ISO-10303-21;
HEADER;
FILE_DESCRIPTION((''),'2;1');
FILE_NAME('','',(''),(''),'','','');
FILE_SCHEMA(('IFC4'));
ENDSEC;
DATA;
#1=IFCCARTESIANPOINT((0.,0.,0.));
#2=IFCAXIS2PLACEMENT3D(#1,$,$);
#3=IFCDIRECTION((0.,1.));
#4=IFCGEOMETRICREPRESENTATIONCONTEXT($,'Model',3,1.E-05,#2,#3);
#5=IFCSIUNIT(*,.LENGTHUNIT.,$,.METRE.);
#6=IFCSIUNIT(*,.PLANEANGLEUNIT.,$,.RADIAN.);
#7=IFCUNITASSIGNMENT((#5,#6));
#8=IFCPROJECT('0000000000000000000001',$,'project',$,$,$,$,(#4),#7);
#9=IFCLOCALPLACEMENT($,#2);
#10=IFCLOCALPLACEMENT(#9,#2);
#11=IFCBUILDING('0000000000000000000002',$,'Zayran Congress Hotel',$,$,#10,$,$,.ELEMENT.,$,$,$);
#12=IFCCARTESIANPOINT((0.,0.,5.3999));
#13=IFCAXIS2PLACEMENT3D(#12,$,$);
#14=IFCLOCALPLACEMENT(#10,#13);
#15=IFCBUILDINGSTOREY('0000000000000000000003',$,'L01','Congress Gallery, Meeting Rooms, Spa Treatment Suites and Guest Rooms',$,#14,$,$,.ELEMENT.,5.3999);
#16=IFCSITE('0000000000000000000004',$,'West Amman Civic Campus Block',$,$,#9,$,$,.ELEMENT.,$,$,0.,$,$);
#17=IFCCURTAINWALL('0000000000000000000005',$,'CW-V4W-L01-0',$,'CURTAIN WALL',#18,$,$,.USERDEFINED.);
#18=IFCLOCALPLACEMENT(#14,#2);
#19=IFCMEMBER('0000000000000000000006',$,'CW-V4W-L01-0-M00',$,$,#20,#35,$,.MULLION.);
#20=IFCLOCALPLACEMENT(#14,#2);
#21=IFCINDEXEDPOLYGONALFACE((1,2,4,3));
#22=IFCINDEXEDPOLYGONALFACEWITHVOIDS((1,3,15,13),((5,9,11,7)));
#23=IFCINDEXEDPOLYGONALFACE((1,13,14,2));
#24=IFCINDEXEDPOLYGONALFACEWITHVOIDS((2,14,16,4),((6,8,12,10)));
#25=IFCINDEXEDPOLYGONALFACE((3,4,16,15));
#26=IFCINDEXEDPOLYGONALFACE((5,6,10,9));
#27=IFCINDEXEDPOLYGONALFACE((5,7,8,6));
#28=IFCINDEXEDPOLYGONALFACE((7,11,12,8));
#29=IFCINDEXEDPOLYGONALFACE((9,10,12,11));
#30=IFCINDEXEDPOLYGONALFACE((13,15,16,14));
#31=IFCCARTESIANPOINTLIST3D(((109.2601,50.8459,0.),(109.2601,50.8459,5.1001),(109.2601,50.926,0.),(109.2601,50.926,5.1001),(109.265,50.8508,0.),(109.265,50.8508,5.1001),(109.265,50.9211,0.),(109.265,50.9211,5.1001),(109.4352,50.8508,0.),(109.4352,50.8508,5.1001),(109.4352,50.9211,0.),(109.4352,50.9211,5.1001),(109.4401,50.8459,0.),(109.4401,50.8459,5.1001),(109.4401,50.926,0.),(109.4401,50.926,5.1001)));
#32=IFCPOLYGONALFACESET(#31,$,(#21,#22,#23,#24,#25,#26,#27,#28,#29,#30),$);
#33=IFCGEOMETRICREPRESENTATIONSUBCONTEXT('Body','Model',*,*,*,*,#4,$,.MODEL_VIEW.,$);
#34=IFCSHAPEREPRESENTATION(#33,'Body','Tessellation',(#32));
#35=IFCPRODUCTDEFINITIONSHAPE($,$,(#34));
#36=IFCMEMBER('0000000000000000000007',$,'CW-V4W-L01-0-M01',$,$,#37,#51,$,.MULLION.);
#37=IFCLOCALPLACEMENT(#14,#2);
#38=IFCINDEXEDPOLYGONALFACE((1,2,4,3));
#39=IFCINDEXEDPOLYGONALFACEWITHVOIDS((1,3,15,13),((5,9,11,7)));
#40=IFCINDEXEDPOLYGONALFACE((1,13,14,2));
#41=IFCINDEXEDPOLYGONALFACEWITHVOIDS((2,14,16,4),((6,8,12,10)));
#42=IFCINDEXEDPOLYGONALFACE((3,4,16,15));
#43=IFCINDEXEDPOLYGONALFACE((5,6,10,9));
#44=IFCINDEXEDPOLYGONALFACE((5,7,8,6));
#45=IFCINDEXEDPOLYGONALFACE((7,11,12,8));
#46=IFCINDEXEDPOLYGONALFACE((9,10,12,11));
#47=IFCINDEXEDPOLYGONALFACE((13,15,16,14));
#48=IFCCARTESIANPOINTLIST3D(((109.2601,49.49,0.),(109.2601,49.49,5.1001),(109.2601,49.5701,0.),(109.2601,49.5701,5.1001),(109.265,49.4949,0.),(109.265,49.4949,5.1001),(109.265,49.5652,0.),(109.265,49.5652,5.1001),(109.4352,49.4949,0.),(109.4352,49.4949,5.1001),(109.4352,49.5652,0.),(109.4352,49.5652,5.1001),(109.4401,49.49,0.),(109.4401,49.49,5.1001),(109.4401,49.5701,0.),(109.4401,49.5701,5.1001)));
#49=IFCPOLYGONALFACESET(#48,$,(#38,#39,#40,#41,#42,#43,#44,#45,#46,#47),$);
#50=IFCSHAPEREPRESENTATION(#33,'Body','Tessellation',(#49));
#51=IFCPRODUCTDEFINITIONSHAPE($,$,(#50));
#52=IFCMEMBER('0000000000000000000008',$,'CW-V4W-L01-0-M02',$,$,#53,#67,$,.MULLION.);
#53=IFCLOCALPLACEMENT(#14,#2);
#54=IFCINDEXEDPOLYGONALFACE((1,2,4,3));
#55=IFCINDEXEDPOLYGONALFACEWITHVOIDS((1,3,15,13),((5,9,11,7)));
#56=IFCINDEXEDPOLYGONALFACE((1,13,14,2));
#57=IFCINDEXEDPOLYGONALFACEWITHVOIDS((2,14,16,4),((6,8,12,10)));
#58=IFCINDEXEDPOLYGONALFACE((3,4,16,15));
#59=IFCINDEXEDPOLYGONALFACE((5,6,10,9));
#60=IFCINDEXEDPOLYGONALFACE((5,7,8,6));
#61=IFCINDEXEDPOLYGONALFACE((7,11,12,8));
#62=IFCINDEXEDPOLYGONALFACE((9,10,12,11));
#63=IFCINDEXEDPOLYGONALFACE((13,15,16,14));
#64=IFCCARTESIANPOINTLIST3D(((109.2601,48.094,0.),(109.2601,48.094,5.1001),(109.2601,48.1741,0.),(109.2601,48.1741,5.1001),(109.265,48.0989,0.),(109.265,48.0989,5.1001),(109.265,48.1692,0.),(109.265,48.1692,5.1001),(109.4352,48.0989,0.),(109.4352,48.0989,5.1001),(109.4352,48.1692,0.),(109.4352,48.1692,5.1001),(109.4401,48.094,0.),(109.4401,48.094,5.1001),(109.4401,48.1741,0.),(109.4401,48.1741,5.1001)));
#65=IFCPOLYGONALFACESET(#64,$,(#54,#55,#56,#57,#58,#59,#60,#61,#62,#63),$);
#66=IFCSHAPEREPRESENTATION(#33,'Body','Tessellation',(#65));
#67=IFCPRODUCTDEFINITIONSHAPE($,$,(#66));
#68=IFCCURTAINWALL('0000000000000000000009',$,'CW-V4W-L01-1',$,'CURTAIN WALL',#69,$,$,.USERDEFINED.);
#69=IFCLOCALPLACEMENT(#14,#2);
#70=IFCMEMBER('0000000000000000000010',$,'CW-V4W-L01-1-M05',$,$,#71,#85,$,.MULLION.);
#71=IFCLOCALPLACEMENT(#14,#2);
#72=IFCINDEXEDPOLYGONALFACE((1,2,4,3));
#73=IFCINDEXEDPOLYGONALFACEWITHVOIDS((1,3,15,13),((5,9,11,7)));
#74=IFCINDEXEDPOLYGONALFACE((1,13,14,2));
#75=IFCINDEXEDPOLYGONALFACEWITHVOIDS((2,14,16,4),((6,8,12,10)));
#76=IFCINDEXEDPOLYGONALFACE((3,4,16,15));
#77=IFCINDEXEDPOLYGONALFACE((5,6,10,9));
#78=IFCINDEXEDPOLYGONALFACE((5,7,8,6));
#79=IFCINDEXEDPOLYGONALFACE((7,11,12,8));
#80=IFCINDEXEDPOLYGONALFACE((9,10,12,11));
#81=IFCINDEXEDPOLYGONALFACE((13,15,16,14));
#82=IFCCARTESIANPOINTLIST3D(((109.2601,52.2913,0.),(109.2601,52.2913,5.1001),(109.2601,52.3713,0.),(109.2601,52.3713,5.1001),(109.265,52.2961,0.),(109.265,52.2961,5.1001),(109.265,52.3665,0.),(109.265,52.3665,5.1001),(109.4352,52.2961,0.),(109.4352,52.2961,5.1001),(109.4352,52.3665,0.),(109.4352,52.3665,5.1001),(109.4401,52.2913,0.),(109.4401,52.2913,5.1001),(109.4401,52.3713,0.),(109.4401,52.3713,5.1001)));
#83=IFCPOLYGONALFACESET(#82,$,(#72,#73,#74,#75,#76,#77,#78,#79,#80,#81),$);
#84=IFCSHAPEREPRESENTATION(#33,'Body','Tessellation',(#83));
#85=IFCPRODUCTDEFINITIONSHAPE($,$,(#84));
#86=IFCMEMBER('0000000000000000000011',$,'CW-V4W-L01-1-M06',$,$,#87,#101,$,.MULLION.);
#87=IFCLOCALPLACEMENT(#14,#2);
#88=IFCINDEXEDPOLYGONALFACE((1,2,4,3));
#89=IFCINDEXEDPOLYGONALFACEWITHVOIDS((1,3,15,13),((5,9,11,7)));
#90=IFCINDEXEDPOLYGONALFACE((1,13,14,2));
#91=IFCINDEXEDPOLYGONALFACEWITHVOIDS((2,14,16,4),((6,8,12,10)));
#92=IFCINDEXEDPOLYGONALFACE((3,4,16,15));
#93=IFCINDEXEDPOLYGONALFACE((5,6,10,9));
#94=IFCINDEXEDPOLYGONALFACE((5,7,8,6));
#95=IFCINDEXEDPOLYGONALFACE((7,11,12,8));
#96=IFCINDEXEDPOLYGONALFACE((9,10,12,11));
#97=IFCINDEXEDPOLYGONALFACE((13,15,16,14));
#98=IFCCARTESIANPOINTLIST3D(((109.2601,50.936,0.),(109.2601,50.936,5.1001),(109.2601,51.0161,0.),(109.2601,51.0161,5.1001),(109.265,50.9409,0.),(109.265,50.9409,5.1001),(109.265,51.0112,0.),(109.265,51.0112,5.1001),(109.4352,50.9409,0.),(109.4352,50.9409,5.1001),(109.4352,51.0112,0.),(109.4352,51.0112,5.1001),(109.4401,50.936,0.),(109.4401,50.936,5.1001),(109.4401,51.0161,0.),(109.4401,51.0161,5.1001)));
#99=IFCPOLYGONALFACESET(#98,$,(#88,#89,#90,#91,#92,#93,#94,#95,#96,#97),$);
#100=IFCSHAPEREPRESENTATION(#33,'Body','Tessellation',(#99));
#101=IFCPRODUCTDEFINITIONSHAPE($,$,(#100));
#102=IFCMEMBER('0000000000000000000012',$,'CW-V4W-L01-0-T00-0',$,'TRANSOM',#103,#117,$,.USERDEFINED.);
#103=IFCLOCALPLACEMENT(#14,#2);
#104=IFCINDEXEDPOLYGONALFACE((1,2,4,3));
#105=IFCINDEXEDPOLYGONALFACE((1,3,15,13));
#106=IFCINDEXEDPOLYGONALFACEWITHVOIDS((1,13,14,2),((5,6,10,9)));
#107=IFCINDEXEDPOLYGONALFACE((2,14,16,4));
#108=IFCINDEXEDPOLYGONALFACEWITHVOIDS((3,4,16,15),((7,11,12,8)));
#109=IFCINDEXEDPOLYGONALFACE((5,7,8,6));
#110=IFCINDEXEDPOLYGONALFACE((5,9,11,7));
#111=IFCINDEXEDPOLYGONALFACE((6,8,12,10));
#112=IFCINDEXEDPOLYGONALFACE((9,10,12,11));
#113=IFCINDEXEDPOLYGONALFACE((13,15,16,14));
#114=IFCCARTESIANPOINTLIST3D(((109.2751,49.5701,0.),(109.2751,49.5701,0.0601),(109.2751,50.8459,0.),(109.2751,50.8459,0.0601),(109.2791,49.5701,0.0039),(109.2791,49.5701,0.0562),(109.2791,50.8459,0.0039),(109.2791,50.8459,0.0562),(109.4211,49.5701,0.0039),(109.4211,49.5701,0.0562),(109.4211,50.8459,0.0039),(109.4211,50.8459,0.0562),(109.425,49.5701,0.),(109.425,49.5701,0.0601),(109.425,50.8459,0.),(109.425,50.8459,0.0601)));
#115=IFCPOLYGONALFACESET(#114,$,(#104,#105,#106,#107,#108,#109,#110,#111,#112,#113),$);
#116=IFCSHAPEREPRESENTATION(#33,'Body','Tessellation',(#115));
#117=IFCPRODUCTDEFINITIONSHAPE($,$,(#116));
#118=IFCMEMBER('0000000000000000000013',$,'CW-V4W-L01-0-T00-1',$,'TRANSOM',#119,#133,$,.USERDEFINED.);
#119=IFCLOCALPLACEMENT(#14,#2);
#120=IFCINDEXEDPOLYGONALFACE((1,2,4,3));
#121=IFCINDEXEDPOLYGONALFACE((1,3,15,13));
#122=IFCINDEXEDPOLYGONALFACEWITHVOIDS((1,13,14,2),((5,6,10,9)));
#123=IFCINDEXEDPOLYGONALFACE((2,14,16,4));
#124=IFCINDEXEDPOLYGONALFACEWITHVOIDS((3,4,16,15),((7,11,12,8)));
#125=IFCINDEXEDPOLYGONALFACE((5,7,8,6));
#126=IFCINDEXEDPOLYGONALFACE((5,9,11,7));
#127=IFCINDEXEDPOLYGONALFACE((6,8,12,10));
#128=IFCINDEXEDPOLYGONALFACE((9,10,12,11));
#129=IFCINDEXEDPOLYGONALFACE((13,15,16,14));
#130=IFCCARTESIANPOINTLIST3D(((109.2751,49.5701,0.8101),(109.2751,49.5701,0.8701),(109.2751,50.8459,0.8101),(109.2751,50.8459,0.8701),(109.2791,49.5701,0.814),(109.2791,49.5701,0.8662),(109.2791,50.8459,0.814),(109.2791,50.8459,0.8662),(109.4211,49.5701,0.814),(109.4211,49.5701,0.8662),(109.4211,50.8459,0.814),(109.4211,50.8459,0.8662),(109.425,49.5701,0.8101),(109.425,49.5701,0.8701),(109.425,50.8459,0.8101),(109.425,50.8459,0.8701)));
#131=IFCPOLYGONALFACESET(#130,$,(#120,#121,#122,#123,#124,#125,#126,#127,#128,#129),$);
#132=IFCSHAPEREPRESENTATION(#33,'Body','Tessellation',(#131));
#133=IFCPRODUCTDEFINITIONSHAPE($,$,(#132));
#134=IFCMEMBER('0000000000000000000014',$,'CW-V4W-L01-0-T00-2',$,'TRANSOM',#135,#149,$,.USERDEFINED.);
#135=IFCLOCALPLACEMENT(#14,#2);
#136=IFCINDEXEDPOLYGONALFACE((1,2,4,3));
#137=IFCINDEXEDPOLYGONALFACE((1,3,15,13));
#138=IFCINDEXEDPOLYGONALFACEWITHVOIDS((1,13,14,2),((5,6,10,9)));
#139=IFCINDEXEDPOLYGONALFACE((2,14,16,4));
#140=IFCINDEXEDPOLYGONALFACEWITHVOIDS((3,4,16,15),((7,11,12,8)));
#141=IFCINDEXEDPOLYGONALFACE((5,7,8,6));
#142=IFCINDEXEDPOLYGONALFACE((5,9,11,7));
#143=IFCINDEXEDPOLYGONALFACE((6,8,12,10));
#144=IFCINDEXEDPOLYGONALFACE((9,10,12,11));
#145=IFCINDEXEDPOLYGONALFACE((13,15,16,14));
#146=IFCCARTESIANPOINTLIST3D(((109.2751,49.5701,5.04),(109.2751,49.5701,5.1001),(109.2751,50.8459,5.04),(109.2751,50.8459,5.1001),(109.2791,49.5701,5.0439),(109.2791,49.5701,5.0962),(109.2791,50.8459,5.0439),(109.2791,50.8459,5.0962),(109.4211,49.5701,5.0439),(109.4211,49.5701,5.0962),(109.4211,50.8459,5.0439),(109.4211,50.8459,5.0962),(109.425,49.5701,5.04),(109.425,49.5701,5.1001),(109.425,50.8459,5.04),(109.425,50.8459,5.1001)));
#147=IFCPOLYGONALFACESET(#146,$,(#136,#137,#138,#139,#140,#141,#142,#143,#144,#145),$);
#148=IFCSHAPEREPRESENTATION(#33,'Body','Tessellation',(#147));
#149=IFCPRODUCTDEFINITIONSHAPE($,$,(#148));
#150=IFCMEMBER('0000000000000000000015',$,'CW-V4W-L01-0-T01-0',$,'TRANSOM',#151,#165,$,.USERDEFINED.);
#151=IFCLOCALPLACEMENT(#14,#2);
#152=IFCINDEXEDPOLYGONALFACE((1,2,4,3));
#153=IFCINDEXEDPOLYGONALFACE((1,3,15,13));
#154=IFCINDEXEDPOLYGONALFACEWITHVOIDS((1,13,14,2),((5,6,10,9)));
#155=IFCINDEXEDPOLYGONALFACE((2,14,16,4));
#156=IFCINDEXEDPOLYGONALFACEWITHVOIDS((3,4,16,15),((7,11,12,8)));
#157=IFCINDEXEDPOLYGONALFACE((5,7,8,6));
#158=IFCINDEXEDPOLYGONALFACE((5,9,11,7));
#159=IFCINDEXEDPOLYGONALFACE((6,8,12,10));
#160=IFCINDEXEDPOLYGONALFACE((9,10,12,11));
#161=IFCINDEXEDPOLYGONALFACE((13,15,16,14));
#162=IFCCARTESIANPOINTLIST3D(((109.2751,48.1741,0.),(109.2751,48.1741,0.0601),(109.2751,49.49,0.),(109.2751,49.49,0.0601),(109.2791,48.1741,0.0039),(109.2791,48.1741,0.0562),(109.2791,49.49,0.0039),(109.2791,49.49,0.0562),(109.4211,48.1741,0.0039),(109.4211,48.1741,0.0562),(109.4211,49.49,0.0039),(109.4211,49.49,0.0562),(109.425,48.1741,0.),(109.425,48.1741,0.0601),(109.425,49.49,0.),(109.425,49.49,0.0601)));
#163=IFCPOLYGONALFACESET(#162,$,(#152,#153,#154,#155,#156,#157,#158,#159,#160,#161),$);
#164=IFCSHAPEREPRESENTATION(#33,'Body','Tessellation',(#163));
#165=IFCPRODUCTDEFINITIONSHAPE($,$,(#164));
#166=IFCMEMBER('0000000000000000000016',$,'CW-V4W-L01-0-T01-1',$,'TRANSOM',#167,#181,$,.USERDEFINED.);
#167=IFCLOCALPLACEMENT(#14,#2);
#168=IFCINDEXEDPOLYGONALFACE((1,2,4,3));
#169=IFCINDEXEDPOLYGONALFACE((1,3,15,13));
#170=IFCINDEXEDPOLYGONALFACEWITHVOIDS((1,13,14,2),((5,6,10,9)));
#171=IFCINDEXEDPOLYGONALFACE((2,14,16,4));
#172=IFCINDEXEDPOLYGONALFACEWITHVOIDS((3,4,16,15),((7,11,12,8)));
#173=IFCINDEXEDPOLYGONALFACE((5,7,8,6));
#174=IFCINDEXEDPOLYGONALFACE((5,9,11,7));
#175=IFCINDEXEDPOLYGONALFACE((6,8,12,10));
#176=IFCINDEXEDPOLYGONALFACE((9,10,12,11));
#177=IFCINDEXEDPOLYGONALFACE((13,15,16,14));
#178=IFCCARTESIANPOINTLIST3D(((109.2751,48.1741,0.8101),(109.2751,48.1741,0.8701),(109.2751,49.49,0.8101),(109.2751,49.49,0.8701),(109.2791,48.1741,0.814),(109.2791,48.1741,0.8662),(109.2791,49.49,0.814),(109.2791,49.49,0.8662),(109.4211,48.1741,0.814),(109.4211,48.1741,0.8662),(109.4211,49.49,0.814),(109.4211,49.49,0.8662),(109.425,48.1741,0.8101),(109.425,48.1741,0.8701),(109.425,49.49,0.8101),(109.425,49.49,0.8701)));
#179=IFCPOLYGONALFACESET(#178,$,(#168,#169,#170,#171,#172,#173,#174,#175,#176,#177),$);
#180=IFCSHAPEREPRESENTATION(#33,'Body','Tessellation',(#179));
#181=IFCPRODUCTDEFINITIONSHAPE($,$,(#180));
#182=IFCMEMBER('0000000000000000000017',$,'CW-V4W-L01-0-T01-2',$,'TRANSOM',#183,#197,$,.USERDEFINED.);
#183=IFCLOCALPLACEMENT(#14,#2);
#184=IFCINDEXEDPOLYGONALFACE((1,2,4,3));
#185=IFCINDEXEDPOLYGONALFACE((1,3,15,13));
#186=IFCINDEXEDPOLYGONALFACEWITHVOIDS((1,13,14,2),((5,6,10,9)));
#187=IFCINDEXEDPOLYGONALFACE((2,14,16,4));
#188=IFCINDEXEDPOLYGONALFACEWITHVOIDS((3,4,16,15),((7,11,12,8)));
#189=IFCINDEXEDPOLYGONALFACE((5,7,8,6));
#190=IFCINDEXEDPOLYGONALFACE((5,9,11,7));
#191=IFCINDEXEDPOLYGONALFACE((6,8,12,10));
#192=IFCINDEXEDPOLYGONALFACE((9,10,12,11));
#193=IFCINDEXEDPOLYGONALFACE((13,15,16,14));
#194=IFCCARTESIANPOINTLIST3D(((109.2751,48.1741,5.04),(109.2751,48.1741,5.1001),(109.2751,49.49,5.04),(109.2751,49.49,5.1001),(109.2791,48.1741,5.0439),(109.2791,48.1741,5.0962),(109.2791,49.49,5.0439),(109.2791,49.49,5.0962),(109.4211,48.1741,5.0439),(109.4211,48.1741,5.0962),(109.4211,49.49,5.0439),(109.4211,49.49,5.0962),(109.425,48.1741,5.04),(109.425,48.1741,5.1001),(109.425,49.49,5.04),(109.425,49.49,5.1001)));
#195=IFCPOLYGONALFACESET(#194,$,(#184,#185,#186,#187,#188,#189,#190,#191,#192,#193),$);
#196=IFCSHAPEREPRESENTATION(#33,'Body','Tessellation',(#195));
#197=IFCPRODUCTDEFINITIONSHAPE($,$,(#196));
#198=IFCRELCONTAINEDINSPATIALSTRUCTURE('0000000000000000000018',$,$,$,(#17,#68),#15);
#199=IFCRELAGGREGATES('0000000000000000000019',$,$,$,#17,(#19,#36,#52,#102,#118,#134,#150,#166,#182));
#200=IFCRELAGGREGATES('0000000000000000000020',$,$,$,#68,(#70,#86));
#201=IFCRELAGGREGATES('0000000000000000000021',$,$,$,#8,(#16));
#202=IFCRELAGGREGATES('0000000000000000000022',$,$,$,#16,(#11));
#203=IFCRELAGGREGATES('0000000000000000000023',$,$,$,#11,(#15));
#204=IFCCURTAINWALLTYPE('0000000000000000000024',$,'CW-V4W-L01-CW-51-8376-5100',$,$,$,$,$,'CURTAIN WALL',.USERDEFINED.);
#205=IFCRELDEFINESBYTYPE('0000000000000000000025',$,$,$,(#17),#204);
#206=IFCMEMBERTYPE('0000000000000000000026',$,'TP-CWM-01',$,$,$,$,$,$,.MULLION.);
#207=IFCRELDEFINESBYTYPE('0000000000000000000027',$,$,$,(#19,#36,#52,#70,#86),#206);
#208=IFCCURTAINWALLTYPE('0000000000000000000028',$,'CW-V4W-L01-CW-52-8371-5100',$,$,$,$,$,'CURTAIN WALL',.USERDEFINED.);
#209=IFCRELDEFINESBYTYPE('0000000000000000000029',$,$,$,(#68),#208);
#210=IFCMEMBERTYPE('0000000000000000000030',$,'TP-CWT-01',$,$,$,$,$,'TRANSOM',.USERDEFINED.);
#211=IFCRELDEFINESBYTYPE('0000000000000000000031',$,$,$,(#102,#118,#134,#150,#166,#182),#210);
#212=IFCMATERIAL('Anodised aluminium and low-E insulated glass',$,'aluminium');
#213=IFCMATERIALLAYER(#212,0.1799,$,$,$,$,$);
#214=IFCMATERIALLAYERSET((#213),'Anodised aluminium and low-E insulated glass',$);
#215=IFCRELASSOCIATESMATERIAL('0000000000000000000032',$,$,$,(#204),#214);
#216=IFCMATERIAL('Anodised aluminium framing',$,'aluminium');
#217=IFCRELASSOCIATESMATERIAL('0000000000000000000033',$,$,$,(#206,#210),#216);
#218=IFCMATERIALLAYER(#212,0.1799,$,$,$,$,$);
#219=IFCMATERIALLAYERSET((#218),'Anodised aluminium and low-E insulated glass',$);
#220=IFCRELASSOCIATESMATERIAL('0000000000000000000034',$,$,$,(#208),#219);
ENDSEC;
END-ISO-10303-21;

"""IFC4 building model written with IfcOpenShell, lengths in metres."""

from ifc_helpers import new_model, si_unit, direction, frame, origin, origin_2d, place, context, subcontext, project, spatial, hollow_rectangle, extrude, material, layer, layer_set, material_profile, profile_set, type_object, element, aggregate, save


model = new_model("IFC4")

# Units and contexts
model_context = context("Model", 3, precision=1e-05, world=origin(), true_north=direction((0.0, 1.0)))
body_context = subcontext(model_context, "Body", "Model", "MODEL_VIEW")
ifc_project = project(units=[si_unit("LENGTHUNIT", "METRE"), si_unit("PLANEANGLEUNIT", "RADIAN")], contexts=[model_context])

# Site, building, storey
site_placement = place(None, origin())
site = spatial("IfcSite", under=ifc_project, at=site_placement, Name="West Amman Civic Campus Block", CompositionType="ELEMENT", RefElevation=0.0)
building_placement = place(site_placement, origin())
building = spatial("IfcBuilding", under=site, at=building_placement, Name="Zayran Congress Hotel", CompositionType="ELEMENT")
storey_placement = place(building_placement, frame((0.0, 0.0, 5.3999)))
storey = spatial("IfcBuildingStorey", under=building, at=storey_placement, Name="L01", Description="Congress Gallery, Meeting Rooms, Spa Treatment Suites and Guest Rooms", CompositionType="ELEMENT", Elevation=5.3999)

# Curtain walls, members
ifc_material_1 = material(Name="Anodised aluminium and low-E insulated glass", Category="aluminium")
ifc_layer_1 = layer(ifc_material_1, 0.1799)
ifc_layer_set_1 = layer_set([ifc_layer_1], Name="Anodised aluminium and low-E insulated glass")
curtain_wall_type_1 = type_object("IfcCurtainWallType", Name="CW-V4W-L01-CW-51-8376-5100", ElementType="CURTAIN WALL", PredefinedType="USERDEFINED", material=ifc_layer_set_1)
curtain_wall_1_placement = place(storey_placement, origin())
curtain_wall_1 = element("IfcCurtainWall", 1, at=curtain_wall_1_placement, inside=storey, type_object=curtain_wall_type_1, Name="CW-V4W-L01-0", ObjectType="CURTAIN WALL", PredefinedType="USERDEFINED")
ifc_material_2 = material(Name="Anodised aluminium framing", Category="aluminium")
ifc_material_profile_1 = material_profile(ifc_material_2, hollow_rectangle(XDim=0.0801, YDim=0.1799, WallThickness=0.0049, at=origin_2d()), Name="RHS 180x80x5")
ifc_profile_set_1 = profile_set([ifc_material_profile_1], Name="Anodised aluminium framing")
member_type_1 = type_object("IfcMemberType", Name="TP-CWM-01", PredefinedType="MULLION", material=ifc_profile_set_1)
member_1_placement = place(storey_placement, frame((109.3501, 50.886, 0.0), z_axis=(0.0, 0.0, 1.0), x_axis=(0.0, 1.0, 0.0)))
member_1 = element("IfcMember", 2, at=member_1_placement, type_object=member_type_1, Name="CW-V4W-L01-0-M00", PredefinedType="MULLION", context=body_context, shape_type="SweptSolid", body=[
    extrude(hollow_rectangle(XDim=0.0801, YDim=0.1799, WallThickness=0.0049, at=origin_2d()), origin(), (0.0, 0.0, 1.0), 5.1001),
])
member_2_placement = place(storey_placement, frame((109.3501, 49.53, 0.0), z_axis=(0.0, 0.0, 1.0), x_axis=(0.0, 1.0, 0.0)))
member_2 = element("IfcMember", 3, at=member_2_placement, type_object=member_type_1, Name="CW-V4W-L01-0-M01", PredefinedType="MULLION", context=body_context, shape_type="SweptSolid", body=[
    extrude(hollow_rectangle(XDim=0.0801, YDim=0.1799, WallThickness=0.0049, at=origin_2d()), origin(), (0.0, 0.0, 1.0), 5.1001),
])
member_3_placement = place(storey_placement, frame((109.3501, 48.134, 0.0), z_axis=(0.0, 0.0, 1.0), x_axis=(0.0, 1.0, 0.0)))
member_3 = element("IfcMember", 4, at=member_3_placement, type_object=member_type_1, Name="CW-V4W-L01-0-M02", PredefinedType="MULLION", context=body_context, shape_type="SweptSolid", body=[
    extrude(hollow_rectangle(XDim=0.0801, YDim=0.1799, WallThickness=0.0049, at=origin_2d()), origin(), (0.0, 0.0, 1.0), 5.1001),
])
ifc_layer_2 = layer(ifc_material_1, 0.1799)
ifc_layer_set_2 = layer_set([ifc_layer_2], Name="Anodised aluminium and low-E insulated glass")
curtain_wall_type_2 = type_object("IfcCurtainWallType", Name="CW-V4W-L01-CW-52-8371-5100", ElementType="CURTAIN WALL", PredefinedType="USERDEFINED", material=ifc_layer_set_2)
curtain_wall_2_placement = place(storey_placement, origin())
curtain_wall_2 = element("IfcCurtainWall", 5, at=curtain_wall_2_placement, inside=storey, type_object=curtain_wall_type_2, Name="CW-V4W-L01-1", ObjectType="CURTAIN WALL", PredefinedType="USERDEFINED")
member_4_placement = place(storey_placement, frame((109.3501, 52.3313, 0.0), z_axis=(0.0, 0.0, 1.0), x_axis=(0.0, 1.0, 0.0)))
member_4 = element("IfcMember", 6, at=member_4_placement, type_object=member_type_1, Name="CW-V4W-L01-1-M05", PredefinedType="MULLION", context=body_context, shape_type="SweptSolid", body=[
    extrude(hollow_rectangle(XDim=0.0801, YDim=0.1799, WallThickness=0.0049, at=origin_2d()), origin(), (0.0, 0.0, 1.0), 5.1001),
])
member_5_placement = place(storey_placement, frame((109.3501, 50.9761, 0.0), z_axis=(0.0, 0.0, 1.0), x_axis=(0.0, 1.0, 0.0)))
member_5 = element("IfcMember", 7, at=member_5_placement, type_object=member_type_1, Name="CW-V4W-L01-1-M06", PredefinedType="MULLION", context=body_context, shape_type="SweptSolid", body=[
    extrude(hollow_rectangle(XDim=0.0801, YDim=0.1799, WallThickness=0.0049, at=origin_2d()), origin(), (0.0, 0.0, 1.0), 5.1001),
])

# Members
ifc_material_profile_2 = material_profile(ifc_material_2, hollow_rectangle(XDim=0.0601, YDim=0.1499, WallThickness=0.0039, at=origin_2d()), Name="RHS 150x60x4")
ifc_profile_set_2 = profile_set([ifc_material_profile_2], Name="Anodised aluminium framing")
member_type_2 = type_object("IfcMemberType", Name="TP-CWT-01", ElementType="TRANSOM", PredefinedType="USERDEFINED", material=ifc_profile_set_2)
member_6_placement = place(storey_placement, frame((109.3501, 50.8459, 0.03), z_axis=(0.0, -1.0, 0.0), x_axis=(0.0, 0.0, 1.0)))
member_6 = element("IfcMember", 8, at=member_6_placement, type_object=member_type_2, Name="CW-V4W-L01-0-T00-0", ObjectType="TRANSOM", PredefinedType="USERDEFINED", context=body_context, shape_type="SweptSolid", body=[
    extrude(hollow_rectangle(XDim=0.0601, YDim=0.1499, WallThickness=0.0039, at=origin_2d()), origin(), (0.0, 0.0, 1.0), 1.2759),
])
member_7_placement = place(storey_placement, frame((109.3501, 50.8459, 0.8401), z_axis=(0.0, -1.0, 0.0), x_axis=(0.0, 0.0, 1.0)))
member_7 = element("IfcMember", 9, at=member_7_placement, type_object=member_type_2, Name="CW-V4W-L01-0-T00-1", ObjectType="TRANSOM", PredefinedType="USERDEFINED", context=body_context, shape_type="SweptSolid", body=[
    extrude(hollow_rectangle(XDim=0.0601, YDim=0.1499, WallThickness=0.0039, at=origin_2d()), origin(), (0.0, 0.0, 1.0), 1.2759),
])
member_8_placement = place(storey_placement, frame((109.3501, 50.8459, 5.0701), z_axis=(0.0, -1.0, 0.0), x_axis=(0.0, 0.0, 1.0)))
member_8 = element("IfcMember", 10, at=member_8_placement, type_object=member_type_2, Name="CW-V4W-L01-0-T00-2", ObjectType="TRANSOM", PredefinedType="USERDEFINED", context=body_context, shape_type="SweptSolid", body=[
    extrude(hollow_rectangle(XDim=0.0601, YDim=0.1499, WallThickness=0.0039, at=origin_2d()), origin(), (0.0, 0.0, 1.0), 1.2759),
])
member_9_placement = place(storey_placement, frame((109.3501, 49.49, 0.03), z_axis=(0.0, -1.0, 0.0), x_axis=(0.0, 0.0, 1.0)))
member_9 = element("IfcMember", 11, at=member_9_placement, type_object=member_type_2, Name="CW-V4W-L01-0-T01-0", ObjectType="TRANSOM", PredefinedType="USERDEFINED", context=body_context, shape_type="SweptSolid", body=[
    extrude(hollow_rectangle(XDim=0.0601, YDim=0.1499, WallThickness=0.0039, at=origin_2d()), origin(), (0.0, 0.0, 1.0), 1.3159),
])
member_10_placement = place(storey_placement, frame((109.3501, 49.49, 0.8401), z_axis=(0.0, -1.0, 0.0), x_axis=(0.0, 0.0, 1.0)))
member_10 = element("IfcMember", 12, at=member_10_placement, type_object=member_type_2, Name="CW-V4W-L01-0-T01-1", ObjectType="TRANSOM", PredefinedType="USERDEFINED", context=body_context, shape_type="SweptSolid", body=[
    extrude(hollow_rectangle(XDim=0.0601, YDim=0.1499, WallThickness=0.0039, at=origin_2d()), origin(), (0.0, 0.0, 1.0), 1.3159),
])
member_11_placement = place(storey_placement, frame((109.3501, 49.49, 5.0701), z_axis=(0.0, -1.0, 0.0), x_axis=(0.0, 0.0, 1.0)))
member_11 = element("IfcMember", 13, at=member_11_placement, type_object=member_type_2, Name="CW-V4W-L01-0-T01-2", ObjectType="TRANSOM", PredefinedType="USERDEFINED", context=body_context, shape_type="SweptSolid", body=[
    extrude(hollow_rectangle(XDim=0.0601, YDim=0.1499, WallThickness=0.0039, at=origin_2d()), origin(), (0.0, 0.0, 1.0), 1.3159),
])

aggregate(curtain_wall_1, [member_1, member_2, member_3, member_6, member_7, member_8, member_9, member_10, member_11])
aggregate(curtain_wall_2, [member_4, member_5])

save(model, "model.ifc")
